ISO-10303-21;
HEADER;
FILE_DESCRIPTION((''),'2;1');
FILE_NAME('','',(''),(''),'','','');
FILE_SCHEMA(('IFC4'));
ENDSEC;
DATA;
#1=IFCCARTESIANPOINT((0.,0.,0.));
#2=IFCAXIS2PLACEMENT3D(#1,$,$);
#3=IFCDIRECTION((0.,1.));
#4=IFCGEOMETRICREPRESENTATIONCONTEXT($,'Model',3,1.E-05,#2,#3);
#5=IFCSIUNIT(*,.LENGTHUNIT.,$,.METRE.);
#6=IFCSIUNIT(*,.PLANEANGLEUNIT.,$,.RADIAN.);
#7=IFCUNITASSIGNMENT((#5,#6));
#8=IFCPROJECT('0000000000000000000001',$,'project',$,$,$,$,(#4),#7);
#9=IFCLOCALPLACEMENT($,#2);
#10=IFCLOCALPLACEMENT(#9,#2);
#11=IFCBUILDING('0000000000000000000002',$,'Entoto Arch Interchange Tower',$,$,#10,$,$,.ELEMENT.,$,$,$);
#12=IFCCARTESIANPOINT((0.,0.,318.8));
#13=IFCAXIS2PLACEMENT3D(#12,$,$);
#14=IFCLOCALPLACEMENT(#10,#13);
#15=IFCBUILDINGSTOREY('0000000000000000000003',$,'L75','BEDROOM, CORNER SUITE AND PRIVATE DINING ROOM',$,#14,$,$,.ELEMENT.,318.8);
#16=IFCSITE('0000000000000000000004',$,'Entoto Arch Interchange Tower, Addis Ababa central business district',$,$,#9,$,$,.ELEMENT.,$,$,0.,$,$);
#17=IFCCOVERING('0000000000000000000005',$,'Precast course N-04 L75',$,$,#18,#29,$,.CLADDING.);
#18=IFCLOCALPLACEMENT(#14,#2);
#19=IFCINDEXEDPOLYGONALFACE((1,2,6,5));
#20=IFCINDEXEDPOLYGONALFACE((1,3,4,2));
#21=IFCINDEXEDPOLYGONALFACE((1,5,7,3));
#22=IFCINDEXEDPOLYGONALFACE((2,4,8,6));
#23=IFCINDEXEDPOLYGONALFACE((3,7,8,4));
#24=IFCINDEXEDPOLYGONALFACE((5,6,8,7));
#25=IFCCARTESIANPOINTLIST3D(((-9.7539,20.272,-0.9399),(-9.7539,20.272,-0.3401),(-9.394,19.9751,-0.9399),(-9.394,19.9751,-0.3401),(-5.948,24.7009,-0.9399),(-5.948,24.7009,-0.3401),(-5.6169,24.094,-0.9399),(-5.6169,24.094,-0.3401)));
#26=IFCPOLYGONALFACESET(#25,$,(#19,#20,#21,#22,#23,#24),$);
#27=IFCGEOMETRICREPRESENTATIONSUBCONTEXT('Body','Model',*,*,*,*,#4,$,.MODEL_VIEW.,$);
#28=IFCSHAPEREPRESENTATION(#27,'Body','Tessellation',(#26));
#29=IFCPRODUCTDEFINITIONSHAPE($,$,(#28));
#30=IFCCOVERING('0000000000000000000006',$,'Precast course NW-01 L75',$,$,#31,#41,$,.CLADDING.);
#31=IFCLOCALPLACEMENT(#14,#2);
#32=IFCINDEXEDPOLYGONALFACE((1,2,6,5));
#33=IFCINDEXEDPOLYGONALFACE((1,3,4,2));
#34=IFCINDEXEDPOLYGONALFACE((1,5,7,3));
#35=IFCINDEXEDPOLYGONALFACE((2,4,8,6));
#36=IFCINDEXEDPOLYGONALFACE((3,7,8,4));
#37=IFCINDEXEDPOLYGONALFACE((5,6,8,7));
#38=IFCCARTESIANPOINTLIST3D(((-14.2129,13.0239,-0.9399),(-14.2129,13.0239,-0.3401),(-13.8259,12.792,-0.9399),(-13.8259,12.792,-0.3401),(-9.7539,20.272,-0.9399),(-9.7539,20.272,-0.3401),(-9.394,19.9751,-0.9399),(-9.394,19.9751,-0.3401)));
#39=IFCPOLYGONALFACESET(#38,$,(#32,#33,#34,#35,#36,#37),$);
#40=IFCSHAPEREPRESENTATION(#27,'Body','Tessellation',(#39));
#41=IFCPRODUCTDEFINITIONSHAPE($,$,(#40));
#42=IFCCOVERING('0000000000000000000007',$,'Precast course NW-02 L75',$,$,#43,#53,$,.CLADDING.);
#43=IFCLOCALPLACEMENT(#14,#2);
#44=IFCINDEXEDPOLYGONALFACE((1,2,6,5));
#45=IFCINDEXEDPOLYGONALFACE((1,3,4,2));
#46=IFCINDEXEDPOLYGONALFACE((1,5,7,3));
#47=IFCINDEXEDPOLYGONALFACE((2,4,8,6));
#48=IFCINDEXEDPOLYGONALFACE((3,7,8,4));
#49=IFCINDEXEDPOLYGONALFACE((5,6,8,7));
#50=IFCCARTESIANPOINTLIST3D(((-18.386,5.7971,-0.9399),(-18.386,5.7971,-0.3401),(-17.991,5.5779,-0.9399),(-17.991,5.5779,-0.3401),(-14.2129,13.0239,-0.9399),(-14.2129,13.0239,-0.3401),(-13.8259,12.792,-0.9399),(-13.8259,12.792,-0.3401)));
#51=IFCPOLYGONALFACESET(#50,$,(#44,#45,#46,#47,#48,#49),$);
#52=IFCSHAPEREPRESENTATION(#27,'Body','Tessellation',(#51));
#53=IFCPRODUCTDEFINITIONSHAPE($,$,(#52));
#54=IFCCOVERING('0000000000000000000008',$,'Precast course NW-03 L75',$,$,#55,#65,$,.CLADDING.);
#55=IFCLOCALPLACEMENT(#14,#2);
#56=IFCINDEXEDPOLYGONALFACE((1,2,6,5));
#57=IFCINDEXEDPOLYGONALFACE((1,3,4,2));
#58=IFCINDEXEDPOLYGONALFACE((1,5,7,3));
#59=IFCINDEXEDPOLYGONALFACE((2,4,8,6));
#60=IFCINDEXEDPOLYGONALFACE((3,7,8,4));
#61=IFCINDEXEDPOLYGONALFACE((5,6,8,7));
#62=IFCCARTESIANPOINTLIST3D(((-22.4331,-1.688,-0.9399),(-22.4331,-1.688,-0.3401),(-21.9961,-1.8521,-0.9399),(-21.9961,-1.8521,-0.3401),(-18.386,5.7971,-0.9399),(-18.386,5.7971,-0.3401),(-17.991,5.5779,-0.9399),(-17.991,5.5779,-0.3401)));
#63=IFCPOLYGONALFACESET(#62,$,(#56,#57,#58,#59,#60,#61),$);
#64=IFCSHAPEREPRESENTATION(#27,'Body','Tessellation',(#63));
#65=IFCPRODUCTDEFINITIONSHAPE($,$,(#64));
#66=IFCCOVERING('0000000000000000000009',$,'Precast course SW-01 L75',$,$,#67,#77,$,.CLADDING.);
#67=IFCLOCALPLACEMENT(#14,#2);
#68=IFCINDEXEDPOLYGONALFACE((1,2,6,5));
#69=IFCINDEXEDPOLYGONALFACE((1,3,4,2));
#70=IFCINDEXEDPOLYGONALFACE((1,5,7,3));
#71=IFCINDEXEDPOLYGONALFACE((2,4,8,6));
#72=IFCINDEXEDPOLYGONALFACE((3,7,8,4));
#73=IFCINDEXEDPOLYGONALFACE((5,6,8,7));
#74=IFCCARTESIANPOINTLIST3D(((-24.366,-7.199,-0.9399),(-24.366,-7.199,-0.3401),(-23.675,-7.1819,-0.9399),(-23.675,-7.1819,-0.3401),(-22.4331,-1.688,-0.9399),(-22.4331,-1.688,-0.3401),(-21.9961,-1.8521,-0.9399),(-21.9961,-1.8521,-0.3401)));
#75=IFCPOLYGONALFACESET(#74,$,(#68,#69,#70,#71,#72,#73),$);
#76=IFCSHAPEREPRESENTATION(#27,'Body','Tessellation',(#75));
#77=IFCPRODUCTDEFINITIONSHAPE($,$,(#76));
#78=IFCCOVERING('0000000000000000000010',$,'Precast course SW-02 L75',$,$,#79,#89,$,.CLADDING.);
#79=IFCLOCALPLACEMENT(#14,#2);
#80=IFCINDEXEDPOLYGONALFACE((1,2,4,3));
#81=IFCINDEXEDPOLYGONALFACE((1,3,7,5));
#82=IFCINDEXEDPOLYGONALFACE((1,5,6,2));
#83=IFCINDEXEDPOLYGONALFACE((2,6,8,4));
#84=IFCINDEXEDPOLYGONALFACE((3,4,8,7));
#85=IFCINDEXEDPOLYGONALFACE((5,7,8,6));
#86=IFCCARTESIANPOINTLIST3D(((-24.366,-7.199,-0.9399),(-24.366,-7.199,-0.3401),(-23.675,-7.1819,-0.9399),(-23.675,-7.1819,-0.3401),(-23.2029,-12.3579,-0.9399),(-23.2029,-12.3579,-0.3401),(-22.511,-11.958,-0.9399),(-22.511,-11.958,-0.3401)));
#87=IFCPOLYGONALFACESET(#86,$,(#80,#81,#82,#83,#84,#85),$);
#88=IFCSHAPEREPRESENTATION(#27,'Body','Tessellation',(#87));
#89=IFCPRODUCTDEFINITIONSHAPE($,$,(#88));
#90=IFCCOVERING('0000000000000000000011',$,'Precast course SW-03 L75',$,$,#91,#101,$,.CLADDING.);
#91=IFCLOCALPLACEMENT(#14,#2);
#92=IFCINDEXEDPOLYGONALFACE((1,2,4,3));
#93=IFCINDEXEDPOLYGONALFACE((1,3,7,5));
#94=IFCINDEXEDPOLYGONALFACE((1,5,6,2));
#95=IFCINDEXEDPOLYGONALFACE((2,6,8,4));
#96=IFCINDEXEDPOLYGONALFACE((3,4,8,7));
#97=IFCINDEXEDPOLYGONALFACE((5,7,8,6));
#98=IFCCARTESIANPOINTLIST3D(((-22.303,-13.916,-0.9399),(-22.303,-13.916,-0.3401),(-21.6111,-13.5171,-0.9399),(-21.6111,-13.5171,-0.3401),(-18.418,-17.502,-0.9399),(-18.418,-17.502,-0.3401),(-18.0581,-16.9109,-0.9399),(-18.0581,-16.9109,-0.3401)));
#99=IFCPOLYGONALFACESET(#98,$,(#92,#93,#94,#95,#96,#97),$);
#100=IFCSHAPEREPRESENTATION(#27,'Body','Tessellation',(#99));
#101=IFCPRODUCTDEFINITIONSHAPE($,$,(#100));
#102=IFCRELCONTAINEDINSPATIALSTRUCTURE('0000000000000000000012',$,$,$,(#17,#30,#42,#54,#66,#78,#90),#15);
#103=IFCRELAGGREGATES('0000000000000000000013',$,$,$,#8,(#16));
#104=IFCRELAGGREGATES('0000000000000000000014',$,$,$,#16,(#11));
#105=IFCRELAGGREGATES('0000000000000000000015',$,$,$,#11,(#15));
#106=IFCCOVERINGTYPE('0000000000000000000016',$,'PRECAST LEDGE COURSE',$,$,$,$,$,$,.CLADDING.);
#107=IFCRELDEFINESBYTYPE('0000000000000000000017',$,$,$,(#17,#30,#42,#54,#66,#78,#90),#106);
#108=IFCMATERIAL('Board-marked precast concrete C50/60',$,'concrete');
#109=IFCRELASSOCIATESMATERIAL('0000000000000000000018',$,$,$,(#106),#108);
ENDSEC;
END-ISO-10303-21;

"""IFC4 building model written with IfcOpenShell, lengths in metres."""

from ifc_helpers import new_model, si_unit, direction, frame, origin, place, context, subcontext, project, spatial, polyline, outline, extrude, material, type_object, element, save


model = new_model("IFC4")

# Units and contexts
model_context = context("Model", 3, precision=1e-05, world=origin(), true_north=direction((0.0, 1.0)))
body_context = subcontext(model_context, "Body", "Model", "MODEL_VIEW")
ifc_project = project(units=[si_unit("LENGTHUNIT", "METRE"), si_unit("PLANEANGLEUNIT", "RADIAN")], contexts=[model_context])

# Site, building, storey
site_placement = place(None, origin())
site = spatial("IfcSite", under=ifc_project, at=site_placement, Name="Entoto Arch Interchange Tower, Addis Ababa central business district", CompositionType="ELEMENT", RefElevation=0.0)
building_placement = place(site_placement, origin())
building = spatial("IfcBuilding", under=site, at=building_placement, Name="Entoto Arch Interchange Tower", CompositionType="ELEMENT")
storey_placement = place(building_placement, frame((0.0, 0.0, 318.8)))
storey = spatial("IfcBuildingStorey", under=building, at=storey_placement, Name="L75", Description="BEDROOM, CORNER SUITE AND PRIVATE DINING ROOM", CompositionType="ELEMENT", Elevation=318.8)

# Coverings
ifc_material_1 = material(Name="Board-marked precast concrete C50/60", Category="concrete")
covering_type = type_object("IfcCoveringType", Name="PRECAST LEDGE COURSE", PredefinedType="CLADDING", material=ifc_material_1)
covering_1_placement = place(storey_placement, frame((0.0, 0.0, -0.9399)))
element("IfcCovering", 1, at=covering_1_placement, inside=storey, type_object=covering_type, Name="Precast course N-04 L75", PredefinedType="CLADDING", context=body_context, shape_type="SweptSolid", body=[
    extrude(outline(polyline([(-9.394, 19.9751), (-9.7539, 20.272), (-5.948, 24.7009), (-5.6169, 24.094), (-9.394, 19.9751)])), origin(), (0.0, 0.0, 1.0), 0.5999),
])
covering_2_placement = place(storey_placement, frame((0.0, 0.0, -0.9399)))
element("IfcCovering", 2, at=covering_2_placement, inside=storey, type_object=covering_type, Name="Precast course NW-01 L75", PredefinedType="CLADDING", context=body_context, shape_type="SweptSolid", body=[
    extrude(outline(polyline([(-13.8259, 12.792), (-14.2129, 13.0239), (-9.7539, 20.272), (-9.394, 19.9751), (-13.8259, 12.792)])), origin(), (0.0, 0.0, 1.0), 0.5999),
])
covering_3_placement = place(storey_placement, frame((0.0, 0.0, -0.9399)))
element("IfcCovering", 3, at=covering_3_placement, inside=storey, type_object=covering_type, Name="Precast course NW-02 L75", PredefinedType="CLADDING", context=body_context, shape_type="SweptSolid", body=[
    extrude(outline(polyline([(-17.991, 5.5779), (-18.386, 5.7971), (-14.2129, 13.0239), (-13.8259, 12.792), (-17.991, 5.5779)])), origin(), (0.0, 0.0, 1.0), 0.5999),
])
covering_4_placement = place(storey_placement, frame((0.0, 0.0, -0.9399)))
element("IfcCovering", 4, at=covering_4_placement, inside=storey, type_object=covering_type, Name="Precast course NW-03 L75", PredefinedType="CLADDING", context=body_context, shape_type="SweptSolid", body=[
    extrude(outline(polyline([(-21.9961, -1.8521), (-22.4331, -1.688), (-18.386, 5.7971), (-17.991, 5.5779), (-21.9961, -1.8521)])), origin(), (0.0, 0.0, 1.0), 0.5999),
])
covering_5_placement = place(storey_placement, frame((0.0, 0.0, -0.9399)))
element("IfcCovering", 5, at=covering_5_placement, inside=storey, type_object=covering_type, Name="Precast course SW-01 L75", PredefinedType="CLADDING", context=body_context, shape_type="SweptSolid", body=[
    extrude(outline(polyline([(-23.675, -7.1819), (-24.366, -7.199), (-22.4331, -1.688), (-21.9961, -1.8521), (-23.675, -7.1819)])), origin(), (0.0, 0.0, 1.0), 0.5999),
])
covering_6_placement = place(storey_placement, frame((0.0, 0.0, -0.9399)))
element("IfcCovering", 6, at=covering_6_placement, inside=storey, type_object=covering_type, Name="Precast course SW-02 L75", PredefinedType="CLADDING", context=body_context, shape_type="SweptSolid", body=[
    extrude(outline(polyline([(-22.511, -11.958), (-23.2029, -12.3579), (-24.366, -7.199), (-23.675, -7.1819), (-22.511, -11.958)])), origin(), (0.0, 0.0, 1.0), 0.5999),
])
covering_7_placement = place(storey_placement, frame((0.0, 0.0, -0.9399)))
element("IfcCovering", 7, at=covering_7_placement, inside=storey, type_object=covering_type, Name="Precast course SW-03 L75", PredefinedType="CLADDING", context=body_context, shape_type="SweptSolid", body=[
    extrude(outline(polyline([(-18.0581, -16.9109), (-18.418, -17.502), (-22.303, -13.916), (-21.6111, -13.5171), (-18.0581, -16.9109)])), origin(), (0.0, 0.0, 1.0), 0.5999),
])

save(model, "model.ifc")
